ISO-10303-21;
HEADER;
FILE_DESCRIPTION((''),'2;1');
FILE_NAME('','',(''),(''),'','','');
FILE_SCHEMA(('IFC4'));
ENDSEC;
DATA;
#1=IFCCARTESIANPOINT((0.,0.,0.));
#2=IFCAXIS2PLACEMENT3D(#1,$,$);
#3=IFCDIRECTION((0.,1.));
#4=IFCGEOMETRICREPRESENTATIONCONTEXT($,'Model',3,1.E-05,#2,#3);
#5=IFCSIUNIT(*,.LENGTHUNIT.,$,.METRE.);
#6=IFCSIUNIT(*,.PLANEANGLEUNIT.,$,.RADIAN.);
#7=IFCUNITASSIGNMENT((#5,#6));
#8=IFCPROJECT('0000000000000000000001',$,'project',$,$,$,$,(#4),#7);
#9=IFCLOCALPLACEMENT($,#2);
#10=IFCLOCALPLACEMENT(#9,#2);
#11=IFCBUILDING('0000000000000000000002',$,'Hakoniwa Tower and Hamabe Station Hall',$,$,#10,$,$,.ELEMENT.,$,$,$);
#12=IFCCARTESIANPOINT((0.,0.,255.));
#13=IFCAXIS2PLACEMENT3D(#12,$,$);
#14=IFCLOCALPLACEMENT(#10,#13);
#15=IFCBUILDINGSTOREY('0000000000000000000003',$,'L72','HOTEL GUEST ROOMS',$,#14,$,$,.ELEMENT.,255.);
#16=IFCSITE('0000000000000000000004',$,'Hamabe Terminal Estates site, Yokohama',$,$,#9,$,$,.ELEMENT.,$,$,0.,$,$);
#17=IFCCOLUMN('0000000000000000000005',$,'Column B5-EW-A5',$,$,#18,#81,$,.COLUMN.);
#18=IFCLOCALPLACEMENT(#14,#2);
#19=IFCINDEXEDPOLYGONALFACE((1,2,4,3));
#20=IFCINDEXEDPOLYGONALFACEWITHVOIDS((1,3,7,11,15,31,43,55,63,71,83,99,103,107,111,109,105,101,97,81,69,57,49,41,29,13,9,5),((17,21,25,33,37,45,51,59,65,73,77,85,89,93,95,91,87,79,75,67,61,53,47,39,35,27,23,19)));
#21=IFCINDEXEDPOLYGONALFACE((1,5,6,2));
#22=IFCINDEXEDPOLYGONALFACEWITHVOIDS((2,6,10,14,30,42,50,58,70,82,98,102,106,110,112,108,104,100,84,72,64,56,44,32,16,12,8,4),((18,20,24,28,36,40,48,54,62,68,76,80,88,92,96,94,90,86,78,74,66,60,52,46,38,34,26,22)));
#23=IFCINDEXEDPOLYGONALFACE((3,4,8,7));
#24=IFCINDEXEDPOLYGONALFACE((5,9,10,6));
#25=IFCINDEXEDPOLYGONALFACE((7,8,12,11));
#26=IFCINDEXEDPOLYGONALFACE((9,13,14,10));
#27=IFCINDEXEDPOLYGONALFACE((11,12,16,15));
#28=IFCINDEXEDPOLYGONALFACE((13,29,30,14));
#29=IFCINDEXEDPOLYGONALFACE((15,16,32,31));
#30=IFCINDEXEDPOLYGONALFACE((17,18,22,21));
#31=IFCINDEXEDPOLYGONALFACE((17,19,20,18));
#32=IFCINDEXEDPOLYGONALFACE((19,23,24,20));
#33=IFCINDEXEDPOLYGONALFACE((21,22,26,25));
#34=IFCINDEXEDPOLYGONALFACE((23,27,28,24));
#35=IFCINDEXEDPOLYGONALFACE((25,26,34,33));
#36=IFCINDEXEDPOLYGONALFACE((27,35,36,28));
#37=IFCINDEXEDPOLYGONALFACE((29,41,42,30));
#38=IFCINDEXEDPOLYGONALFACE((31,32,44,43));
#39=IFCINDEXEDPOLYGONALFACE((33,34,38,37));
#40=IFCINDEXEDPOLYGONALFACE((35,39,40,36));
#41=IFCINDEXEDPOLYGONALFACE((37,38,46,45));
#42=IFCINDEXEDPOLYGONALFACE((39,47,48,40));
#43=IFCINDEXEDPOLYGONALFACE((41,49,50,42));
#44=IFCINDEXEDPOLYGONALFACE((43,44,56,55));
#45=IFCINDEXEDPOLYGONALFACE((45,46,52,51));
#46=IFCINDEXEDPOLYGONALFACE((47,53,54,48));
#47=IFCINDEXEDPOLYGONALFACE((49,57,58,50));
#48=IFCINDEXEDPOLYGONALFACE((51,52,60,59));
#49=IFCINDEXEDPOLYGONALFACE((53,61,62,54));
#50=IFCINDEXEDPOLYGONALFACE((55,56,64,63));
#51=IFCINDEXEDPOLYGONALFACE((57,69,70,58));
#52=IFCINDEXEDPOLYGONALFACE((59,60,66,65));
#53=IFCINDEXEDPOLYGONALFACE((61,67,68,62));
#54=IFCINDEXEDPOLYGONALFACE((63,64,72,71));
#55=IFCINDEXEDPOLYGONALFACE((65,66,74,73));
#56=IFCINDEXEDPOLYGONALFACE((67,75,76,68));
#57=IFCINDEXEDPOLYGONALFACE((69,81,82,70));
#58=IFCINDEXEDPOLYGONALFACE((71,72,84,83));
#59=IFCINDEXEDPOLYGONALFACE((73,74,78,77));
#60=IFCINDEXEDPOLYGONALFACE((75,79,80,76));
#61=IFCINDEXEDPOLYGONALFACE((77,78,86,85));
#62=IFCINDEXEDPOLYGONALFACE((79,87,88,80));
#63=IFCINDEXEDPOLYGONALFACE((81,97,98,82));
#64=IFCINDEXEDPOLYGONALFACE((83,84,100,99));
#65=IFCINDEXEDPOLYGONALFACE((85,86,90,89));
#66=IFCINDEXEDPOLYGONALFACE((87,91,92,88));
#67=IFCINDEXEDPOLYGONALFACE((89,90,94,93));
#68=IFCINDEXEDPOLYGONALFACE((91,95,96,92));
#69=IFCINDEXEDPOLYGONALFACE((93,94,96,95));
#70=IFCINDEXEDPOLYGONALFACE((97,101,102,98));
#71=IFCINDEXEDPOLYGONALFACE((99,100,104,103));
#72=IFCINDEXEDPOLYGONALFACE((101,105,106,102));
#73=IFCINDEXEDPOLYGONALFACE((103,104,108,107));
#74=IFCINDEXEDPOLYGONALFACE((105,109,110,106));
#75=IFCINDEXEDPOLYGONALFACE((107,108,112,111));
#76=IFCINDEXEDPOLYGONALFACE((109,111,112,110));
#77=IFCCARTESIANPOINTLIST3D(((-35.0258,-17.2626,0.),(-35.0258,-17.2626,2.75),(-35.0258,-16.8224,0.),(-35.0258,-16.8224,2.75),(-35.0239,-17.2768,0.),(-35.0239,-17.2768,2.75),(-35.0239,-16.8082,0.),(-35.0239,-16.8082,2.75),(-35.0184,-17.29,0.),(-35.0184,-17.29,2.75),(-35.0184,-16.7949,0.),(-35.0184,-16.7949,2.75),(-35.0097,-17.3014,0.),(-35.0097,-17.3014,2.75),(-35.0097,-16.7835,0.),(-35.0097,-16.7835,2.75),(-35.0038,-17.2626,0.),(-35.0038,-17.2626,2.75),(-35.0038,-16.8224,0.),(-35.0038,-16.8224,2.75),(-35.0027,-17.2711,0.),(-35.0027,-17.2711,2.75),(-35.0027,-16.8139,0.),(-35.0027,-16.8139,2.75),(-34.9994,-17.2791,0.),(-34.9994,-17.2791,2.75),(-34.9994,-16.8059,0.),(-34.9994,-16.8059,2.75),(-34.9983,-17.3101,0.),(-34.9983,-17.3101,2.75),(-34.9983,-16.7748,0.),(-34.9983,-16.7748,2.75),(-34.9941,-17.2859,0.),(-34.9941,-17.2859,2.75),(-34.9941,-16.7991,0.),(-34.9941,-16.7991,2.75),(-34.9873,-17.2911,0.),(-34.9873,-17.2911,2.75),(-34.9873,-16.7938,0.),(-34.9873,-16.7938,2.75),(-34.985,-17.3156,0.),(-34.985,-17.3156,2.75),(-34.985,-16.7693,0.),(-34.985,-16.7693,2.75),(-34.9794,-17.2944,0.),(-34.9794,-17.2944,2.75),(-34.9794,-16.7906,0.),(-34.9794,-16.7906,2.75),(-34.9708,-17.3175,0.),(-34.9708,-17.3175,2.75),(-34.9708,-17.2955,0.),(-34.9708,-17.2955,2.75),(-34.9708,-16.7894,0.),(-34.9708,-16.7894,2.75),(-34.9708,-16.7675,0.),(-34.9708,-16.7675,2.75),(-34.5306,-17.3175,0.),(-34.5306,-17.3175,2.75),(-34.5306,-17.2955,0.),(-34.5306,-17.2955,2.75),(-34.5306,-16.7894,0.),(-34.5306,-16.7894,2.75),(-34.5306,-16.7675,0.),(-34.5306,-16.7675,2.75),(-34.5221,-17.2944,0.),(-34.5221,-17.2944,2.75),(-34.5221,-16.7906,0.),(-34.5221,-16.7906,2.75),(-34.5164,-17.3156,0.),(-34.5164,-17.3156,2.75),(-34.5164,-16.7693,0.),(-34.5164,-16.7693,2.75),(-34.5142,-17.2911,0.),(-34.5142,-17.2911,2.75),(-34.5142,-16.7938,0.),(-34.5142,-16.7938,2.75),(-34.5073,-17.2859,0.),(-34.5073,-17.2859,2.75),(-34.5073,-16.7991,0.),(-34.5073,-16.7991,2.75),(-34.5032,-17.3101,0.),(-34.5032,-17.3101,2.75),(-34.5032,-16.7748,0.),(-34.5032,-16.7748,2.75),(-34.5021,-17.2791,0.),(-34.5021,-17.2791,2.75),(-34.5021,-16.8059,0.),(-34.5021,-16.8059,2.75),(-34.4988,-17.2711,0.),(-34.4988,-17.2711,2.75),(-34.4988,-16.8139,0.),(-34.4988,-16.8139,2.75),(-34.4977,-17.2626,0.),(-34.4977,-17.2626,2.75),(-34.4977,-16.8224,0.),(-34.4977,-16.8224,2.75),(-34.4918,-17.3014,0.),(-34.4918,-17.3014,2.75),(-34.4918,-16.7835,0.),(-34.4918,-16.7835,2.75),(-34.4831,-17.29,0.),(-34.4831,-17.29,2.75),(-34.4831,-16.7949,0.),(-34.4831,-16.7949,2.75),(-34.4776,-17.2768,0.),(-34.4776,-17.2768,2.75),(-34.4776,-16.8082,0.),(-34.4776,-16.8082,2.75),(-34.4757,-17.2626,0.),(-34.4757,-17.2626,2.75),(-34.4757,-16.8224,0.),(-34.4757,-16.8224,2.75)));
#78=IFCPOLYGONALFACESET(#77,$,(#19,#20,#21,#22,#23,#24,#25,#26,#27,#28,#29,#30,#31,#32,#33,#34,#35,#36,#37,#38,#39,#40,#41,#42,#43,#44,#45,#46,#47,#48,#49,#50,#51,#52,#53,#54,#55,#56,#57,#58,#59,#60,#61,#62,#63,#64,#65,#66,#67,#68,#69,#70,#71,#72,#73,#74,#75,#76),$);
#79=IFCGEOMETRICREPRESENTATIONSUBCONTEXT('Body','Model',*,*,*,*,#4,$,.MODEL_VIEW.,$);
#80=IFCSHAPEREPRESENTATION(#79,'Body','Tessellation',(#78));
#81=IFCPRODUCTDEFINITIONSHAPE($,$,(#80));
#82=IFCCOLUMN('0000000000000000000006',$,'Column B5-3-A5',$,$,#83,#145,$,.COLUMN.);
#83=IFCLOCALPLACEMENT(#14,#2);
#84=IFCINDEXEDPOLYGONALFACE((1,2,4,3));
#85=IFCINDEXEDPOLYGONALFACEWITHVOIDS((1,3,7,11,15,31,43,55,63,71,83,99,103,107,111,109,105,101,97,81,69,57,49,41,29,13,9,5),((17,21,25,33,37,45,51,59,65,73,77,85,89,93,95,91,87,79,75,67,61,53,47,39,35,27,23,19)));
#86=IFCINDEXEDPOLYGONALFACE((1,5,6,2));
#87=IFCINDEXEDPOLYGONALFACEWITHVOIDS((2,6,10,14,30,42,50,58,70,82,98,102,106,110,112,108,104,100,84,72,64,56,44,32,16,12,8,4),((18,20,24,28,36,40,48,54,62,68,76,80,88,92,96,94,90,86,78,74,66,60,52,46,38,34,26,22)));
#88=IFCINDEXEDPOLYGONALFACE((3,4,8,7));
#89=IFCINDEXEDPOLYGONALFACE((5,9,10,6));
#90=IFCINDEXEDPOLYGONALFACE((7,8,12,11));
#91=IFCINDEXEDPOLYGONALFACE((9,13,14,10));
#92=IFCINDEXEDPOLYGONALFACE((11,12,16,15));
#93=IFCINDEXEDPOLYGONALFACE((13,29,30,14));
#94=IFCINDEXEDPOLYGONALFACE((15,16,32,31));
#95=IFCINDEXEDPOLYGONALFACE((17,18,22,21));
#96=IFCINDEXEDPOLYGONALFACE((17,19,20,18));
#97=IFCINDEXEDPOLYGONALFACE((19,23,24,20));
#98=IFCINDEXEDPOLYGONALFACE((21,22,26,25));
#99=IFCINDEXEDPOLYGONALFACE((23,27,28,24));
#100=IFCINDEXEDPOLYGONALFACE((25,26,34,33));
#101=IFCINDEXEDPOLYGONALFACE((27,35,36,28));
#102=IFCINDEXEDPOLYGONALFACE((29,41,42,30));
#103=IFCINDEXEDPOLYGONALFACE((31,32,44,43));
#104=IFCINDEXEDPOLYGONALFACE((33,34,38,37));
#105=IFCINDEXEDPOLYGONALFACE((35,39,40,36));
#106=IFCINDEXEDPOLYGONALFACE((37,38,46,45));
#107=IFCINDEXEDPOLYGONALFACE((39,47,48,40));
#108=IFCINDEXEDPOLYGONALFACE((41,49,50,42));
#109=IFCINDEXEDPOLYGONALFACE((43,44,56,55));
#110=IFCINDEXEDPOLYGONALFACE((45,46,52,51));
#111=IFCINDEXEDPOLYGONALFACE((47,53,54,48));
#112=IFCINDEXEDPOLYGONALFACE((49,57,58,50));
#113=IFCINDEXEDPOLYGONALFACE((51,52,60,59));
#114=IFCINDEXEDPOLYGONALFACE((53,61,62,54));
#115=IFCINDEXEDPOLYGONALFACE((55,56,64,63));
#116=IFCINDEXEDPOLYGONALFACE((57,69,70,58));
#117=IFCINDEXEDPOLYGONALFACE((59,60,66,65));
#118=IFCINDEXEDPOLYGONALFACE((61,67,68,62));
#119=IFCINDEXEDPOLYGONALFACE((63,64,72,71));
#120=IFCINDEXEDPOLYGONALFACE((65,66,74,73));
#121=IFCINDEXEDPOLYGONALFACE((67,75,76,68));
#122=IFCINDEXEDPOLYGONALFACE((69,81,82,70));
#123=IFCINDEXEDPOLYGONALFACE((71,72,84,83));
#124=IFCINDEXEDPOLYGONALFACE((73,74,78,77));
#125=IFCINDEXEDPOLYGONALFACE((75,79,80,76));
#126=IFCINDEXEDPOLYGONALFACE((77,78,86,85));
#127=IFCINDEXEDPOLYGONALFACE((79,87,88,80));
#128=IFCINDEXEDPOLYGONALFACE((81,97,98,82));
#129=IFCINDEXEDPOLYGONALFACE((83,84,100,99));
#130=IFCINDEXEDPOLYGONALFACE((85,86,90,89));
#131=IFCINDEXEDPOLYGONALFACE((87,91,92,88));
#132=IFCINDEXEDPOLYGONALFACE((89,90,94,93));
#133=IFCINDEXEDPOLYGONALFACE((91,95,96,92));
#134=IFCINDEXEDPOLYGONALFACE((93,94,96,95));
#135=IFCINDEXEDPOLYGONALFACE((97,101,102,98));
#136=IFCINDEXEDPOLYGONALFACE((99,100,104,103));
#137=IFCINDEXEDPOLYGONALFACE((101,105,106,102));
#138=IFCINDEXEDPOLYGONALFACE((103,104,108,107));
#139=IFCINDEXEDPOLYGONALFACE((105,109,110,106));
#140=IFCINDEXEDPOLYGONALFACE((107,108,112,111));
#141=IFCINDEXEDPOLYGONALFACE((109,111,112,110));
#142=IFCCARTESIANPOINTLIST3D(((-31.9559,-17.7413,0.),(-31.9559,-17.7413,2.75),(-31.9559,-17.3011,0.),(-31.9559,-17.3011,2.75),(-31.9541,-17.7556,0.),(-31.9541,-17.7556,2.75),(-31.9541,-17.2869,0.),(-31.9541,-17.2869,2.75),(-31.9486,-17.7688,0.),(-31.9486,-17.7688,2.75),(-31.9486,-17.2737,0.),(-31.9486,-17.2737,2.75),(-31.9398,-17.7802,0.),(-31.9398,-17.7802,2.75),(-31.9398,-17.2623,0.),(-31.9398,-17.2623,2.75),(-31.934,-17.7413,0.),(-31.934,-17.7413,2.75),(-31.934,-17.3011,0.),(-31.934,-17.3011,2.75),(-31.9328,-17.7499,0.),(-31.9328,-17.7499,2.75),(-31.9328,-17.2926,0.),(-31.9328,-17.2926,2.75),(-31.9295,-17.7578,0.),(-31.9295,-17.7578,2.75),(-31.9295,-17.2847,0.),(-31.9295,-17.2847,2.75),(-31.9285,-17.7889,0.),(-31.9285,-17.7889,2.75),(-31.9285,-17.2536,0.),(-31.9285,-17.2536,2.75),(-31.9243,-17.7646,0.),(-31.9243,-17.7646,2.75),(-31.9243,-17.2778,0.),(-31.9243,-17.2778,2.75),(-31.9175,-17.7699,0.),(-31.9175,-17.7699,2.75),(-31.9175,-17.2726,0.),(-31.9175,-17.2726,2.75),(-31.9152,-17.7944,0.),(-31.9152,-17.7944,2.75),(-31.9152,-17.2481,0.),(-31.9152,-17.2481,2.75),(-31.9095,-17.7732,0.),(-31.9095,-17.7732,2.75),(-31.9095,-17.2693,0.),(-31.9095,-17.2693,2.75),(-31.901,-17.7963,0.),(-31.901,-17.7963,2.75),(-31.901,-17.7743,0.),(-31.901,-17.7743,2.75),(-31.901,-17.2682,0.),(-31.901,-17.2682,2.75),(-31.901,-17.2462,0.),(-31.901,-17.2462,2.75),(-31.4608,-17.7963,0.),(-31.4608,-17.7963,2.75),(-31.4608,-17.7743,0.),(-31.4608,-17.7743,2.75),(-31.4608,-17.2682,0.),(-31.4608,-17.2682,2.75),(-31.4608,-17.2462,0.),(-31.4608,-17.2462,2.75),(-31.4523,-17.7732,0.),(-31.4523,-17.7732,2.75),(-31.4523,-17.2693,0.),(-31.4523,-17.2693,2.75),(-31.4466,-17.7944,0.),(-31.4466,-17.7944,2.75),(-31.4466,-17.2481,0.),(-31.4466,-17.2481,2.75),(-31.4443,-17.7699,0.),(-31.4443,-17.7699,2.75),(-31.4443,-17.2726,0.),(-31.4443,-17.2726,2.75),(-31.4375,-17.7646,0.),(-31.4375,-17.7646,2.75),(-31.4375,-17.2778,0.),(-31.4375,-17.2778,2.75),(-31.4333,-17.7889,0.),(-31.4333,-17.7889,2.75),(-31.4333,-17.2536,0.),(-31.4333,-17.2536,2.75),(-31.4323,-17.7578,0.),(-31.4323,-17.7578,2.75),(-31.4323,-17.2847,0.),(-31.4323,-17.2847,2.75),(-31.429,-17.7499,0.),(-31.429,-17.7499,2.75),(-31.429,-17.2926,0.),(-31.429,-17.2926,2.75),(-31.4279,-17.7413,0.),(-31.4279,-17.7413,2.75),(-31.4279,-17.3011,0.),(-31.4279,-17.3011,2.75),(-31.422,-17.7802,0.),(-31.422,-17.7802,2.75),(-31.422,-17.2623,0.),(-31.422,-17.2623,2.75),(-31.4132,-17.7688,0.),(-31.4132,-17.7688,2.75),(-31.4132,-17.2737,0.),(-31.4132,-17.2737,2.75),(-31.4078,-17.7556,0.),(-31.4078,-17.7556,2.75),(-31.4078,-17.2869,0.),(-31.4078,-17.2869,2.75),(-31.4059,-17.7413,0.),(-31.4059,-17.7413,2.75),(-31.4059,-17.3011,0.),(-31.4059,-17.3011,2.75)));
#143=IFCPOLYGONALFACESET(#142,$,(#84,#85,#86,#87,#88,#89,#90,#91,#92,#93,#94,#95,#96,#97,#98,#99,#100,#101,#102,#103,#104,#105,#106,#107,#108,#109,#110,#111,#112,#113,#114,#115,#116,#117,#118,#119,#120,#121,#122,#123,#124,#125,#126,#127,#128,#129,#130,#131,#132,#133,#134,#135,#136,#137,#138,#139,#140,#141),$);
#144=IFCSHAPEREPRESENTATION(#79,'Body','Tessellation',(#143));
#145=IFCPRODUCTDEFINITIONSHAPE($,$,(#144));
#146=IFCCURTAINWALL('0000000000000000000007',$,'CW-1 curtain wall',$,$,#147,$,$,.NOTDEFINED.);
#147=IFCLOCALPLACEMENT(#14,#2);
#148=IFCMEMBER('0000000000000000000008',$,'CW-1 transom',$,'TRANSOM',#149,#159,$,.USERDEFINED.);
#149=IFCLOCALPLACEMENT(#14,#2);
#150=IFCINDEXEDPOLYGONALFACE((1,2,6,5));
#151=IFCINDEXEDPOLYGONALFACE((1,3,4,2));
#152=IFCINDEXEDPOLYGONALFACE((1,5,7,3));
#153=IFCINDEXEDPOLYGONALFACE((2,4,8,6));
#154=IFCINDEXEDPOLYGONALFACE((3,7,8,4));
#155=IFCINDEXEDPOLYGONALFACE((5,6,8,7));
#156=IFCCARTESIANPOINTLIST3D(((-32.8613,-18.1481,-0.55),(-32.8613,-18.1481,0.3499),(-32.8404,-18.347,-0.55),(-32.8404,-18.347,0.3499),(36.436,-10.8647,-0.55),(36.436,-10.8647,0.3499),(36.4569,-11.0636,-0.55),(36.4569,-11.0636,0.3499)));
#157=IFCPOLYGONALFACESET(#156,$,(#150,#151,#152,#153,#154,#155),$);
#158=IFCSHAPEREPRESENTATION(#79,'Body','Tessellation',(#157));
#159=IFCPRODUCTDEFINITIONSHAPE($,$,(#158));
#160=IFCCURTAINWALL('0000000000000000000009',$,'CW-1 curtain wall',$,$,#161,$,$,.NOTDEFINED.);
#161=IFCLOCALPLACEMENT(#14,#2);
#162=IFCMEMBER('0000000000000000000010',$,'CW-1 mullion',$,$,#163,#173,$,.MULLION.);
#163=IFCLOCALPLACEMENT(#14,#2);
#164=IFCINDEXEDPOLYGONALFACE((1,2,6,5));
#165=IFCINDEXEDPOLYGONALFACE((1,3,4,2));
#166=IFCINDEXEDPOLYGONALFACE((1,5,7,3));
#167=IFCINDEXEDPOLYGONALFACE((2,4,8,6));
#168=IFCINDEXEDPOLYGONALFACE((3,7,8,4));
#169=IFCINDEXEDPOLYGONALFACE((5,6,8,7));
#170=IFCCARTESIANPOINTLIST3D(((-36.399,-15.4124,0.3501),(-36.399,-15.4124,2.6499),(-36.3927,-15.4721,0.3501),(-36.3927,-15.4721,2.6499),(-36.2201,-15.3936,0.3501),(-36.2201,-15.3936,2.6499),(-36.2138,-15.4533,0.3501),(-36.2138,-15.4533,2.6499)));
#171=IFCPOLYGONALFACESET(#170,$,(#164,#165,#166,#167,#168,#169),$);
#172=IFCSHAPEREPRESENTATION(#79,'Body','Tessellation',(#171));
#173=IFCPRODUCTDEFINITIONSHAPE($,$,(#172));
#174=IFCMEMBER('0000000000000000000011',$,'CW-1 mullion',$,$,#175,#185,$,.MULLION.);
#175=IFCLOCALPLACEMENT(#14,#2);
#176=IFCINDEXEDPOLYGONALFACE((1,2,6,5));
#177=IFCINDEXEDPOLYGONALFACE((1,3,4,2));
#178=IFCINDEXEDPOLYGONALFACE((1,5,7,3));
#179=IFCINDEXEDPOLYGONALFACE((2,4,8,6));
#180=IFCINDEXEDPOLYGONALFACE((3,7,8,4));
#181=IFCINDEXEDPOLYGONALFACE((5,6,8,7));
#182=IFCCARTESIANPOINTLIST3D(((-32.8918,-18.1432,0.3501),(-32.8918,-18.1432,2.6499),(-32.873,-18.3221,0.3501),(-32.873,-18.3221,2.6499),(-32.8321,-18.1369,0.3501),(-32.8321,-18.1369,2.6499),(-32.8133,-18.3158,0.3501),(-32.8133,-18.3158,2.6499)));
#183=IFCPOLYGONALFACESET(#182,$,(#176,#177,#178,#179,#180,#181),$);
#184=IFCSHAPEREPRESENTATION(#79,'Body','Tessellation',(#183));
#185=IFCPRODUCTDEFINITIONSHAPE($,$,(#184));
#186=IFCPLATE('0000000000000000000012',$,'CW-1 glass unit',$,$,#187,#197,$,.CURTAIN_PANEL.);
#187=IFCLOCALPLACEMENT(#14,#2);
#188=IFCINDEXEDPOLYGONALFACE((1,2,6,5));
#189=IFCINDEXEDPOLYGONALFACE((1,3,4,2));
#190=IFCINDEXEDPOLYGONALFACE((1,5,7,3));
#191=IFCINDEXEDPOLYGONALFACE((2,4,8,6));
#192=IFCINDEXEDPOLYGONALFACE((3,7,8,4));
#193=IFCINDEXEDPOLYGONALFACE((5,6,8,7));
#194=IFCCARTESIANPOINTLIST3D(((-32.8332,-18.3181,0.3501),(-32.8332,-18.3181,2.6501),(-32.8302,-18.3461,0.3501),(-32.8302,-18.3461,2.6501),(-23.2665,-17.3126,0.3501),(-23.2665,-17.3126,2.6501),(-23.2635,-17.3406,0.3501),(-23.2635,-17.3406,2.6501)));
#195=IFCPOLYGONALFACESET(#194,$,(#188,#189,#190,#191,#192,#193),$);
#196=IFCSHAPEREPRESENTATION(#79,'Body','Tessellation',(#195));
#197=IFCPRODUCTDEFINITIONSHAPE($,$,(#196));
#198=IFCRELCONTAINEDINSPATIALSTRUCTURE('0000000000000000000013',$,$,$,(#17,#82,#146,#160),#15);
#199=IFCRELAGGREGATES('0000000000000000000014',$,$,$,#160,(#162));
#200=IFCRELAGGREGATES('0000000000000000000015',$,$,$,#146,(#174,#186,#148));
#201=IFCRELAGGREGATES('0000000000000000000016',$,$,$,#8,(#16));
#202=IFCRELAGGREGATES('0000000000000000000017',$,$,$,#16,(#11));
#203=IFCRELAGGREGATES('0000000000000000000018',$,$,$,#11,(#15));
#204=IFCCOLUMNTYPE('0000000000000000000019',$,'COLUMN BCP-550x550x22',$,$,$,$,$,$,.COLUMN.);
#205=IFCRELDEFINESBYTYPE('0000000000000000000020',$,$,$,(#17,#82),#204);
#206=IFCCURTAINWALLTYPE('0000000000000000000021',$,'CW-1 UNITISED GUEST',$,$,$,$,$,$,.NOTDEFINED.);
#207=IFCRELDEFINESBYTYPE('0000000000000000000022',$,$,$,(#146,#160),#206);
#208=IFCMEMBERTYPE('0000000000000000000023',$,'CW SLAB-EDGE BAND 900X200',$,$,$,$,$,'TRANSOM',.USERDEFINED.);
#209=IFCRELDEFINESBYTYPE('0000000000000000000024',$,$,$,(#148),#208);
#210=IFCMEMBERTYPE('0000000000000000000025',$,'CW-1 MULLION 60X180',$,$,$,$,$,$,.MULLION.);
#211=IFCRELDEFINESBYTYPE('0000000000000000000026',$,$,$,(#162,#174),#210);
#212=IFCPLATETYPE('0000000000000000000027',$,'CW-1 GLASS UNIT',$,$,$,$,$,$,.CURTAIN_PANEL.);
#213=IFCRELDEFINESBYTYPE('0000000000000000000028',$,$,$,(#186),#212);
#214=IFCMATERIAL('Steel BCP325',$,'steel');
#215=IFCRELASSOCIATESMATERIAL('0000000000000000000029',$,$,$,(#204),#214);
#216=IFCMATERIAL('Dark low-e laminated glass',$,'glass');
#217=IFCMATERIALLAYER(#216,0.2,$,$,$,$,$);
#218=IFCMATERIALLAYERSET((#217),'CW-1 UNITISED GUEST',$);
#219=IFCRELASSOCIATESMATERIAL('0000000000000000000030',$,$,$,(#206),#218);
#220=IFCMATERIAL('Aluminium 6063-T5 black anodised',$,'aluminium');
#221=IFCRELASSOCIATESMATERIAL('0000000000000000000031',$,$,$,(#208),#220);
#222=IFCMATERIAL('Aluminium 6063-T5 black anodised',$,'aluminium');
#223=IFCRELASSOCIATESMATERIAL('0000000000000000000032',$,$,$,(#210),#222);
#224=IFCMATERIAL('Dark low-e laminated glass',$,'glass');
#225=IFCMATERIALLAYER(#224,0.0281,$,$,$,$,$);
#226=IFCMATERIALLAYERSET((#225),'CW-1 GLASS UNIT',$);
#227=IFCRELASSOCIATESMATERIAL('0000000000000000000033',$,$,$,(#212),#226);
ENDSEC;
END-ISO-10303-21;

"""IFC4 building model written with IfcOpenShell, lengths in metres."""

from ifc_helpers import new_model, si_unit, direction, frame, origin, origin_2d, place, context, subcontext, project, spatial, rectangle, hollow_rectangle, extrude, material, layer, layer_set, material_profile, profile_set, type_object, element, aggregate, save


model = new_model("IFC4")

# Units and contexts
model_context = context("Model", 3, precision=1e-05, world=origin(), true_north=direction((0.0, 1.0)))
body_context = subcontext(model_context, "Body", "Model", "MODEL_VIEW")
ifc_project = project(units=[si_unit("LENGTHUNIT", "METRE"), si_unit("PLANEANGLEUNIT", "RADIAN")], contexts=[model_context])

# Site, building, storey
site_placement = place(None, origin())
site = spatial("IfcSite", under=ifc_project, at=site_placement, Name="Hamabe Terminal Estates site, Yokohama", CompositionType="ELEMENT", RefElevation=0.0)
building_placement = place(site_placement, origin())
building = spatial("IfcBuilding", under=site, at=building_placement, Name="Hakoniwa Tower and Hamabe Station Hall", CompositionType="ELEMENT")
storey_placement = place(building_placement, frame((0.0, 0.0, 255.0)))
storey = spatial("IfcBuildingStorey", under=building, at=storey_placement, Name="L72", Description="HOTEL GUEST ROOMS", CompositionType="ELEMENT", Elevation=255.0)

# Columns
ifc_material_1 = material(Name="Steel BCP325", Category="steel")
ifc_material_profile_1 = material_profile(ifc_material_1, hollow_rectangle(XDim=0.55, YDim=0.55, WallThickness=0.022, InnerFilletRadius=0.033, OuterFilletRadius=0.0549, at=origin_2d()), Name="BCP-550x550x22")
ifc_profile_set_1 = profile_set([ifc_material_profile_1], Name="Steel BCP325")
column_type = type_object("IfcColumnType", Name="COLUMN BCP-550x550x22", PredefinedType="COLUMN", material=ifc_profile_set_1)
for number, where, z_axis, x_axis, name in (
    (1, (-34.7507, -17.0425, 0.0), (0.0, 0.0, 1.0), (1.0, 0.0, 0.0), "Column B5-EW-A5"),
    (2, (-31.6809, -17.5212, 0.0), (0.0, 0.0, 1.0), (1.0, 0.0, 0.0), "Column B5-3-A5"),
):
    element("IfcColumn", number, at=place(storey_placement, frame(where, z_axis=z_axis, x_axis=x_axis)), inside=storey, type_object=column_type, Name=name, PredefinedType="COLUMN", context=body_context, shape_type="SweptSolid", body=[
        extrude(hollow_rectangle(XDim=0.55, YDim=0.55, WallThickness=0.022, InnerFilletRadius=0.033, OuterFilletRadius=0.0549, at=origin_2d()), origin(), (0.0, 0.0, 1.0), 2.75),
    ])

# Curtain walls, members
ifc_material_2 = material(Name="Dark low-e laminated glass", Category="glass")
ifc_layer_1 = layer(ifc_material_2, 0.2)
ifc_layer_set_1 = layer_set([ifc_layer_1], Name="CW-1 UNITISED GUEST")
curtain_wall_type = type_object("IfcCurtainWallType", Name="CW-1 UNITISED GUEST", PredefinedType="NOTDEFINED", material=ifc_layer_set_1)
curtain_wall_1_placement = place(storey_placement, origin())
curtain_wall_1 = element("IfcCurtainWall", 3, at=curtain_wall_1_placement, inside=storey, type_object=curtain_wall_type, Name="CW-1 curtain wall", PredefinedType="NOTDEFINED")
ifc_material_3 = material(Name="Aluminium 6063-T5 black anodised", Category="aluminium")
ifc_material_profile_2 = material_profile(ifc_material_3, rectangle(XDim=0.2, YDim=0.8999, at=origin_2d()), Name="CW SLAB-EDGE BAND 900X200")
ifc_profile_set_2 = profile_set([ifc_material_profile_2], Name="Aluminium 6063-T5 black anodised")
member_type_1 = type_object("IfcMemberType", Name="CW SLAB-EDGE BAND 900X200", ElementType="TRANSOM", PredefinedType="USERDEFINED", material=ifc_profile_set_2)
member_1_placement = place(storey_placement, frame((-32.8508, -18.2476, -0.1001), z_axis=(0.994522, 0.104528, 0.0), x_axis=(-0.104528, 0.994522, 0.0)))
member_1 = element("IfcMember", 4, at=member_1_placement, type_object=member_type_1, Name="CW-1 transom", ObjectType="TRANSOM", PredefinedType="USERDEFINED", context=body_context, shape_type="SweptSolid", body=[
    extrude(rectangle(XDim=0.2, YDim=0.8999, at=origin_2d()), origin(), (0.0, 0.0, 1.0), 69.679),
])
curtain_wall_2_placement = place(storey_placement, origin())
curtain_wall_2 = element("IfcCurtainWall", 5, at=curtain_wall_2_placement, inside=storey, type_object=curtain_wall_type, Name="CW-1 curtain wall", PredefinedType="NOTDEFINED")
ifc_material_4 = material(Name="Aluminium 6063-T5 black anodised", Category="aluminium")
ifc_material_profile_3 = material_profile(ifc_material_4, rectangle(XDim=0.0601, YDim=0.1799, at=origin_2d()), Name="CW-1 MULLION 60X180")
ifc_profile_set_3 = profile_set([ifc_material_profile_3], Name="Aluminium 6063-T5 black anodised")
member_type_2 = type_object("IfcMemberType", Name="CW-1 MULLION 60X180", PredefinedType="MULLION", material=ifc_profile_set_3)
member_2_placement = place(storey_placement, frame((-36.3064, -15.4329, 0.3501), z_axis=(0.0, 0.0, 1.0), x_axis=(0.104528, -0.994522, 0.0)))
member_2 = element("IfcMember", 6, at=member_2_placement, type_object=member_type_2, Name="CW-1 mullion", PredefinedType="MULLION", context=body_context, shape_type="SweptSolid", body=[
    extrude(rectangle(XDim=0.0601, YDim=0.1799, at=origin_2d()), origin(), (0.0, 0.0, 1.0), 2.2998),
])
aggregate(curtain_wall_2, [member_2])

# Member
member_3_placement = place(storey_placement, frame((-32.8525, -18.2295, 0.3501), z_axis=(0.0, 0.0, 1.0), x_axis=(0.994522, 0.104528, 0.0)))
member_3 = element("IfcMember", 7, at=member_3_placement, type_object=member_type_2, Name="CW-1 mullion", PredefinedType="MULLION", context=body_context, shape_type="SweptSolid", body=[
    extrude(rectangle(XDim=0.0601, YDim=0.1799, at=origin_2d()), origin(), (0.0, 0.0, 1.0), 2.2998),
])

# Plate
ifc_material_5 = material(Name="Dark low-e laminated glass", Category="glass")
ifc_layer_2 = layer(ifc_material_5, 0.0281)
ifc_layer_set_2 = layer_set([ifc_layer_2], Name="CW-1 GLASS UNIT")
plate_type = type_object("IfcPlateType", Name="CW-1 GLASS UNIT", PredefinedType="CURTAIN_PANEL", material=ifc_layer_set_2)
plate_placement = place(storey_placement, frame((-28.0483, -17.8293, 0.3501), z_axis=(0.0, 0.0, 1.0), x_axis=(0.994522, 0.104528, 0.0)))
plate = element("IfcPlate", 8, at=plate_placement, type_object=plate_type, Name="CW-1 glass unit", PredefinedType="CURTAIN_PANEL", context=body_context, shape_type="SweptSolid", body=[
    extrude(rectangle(XDim=9.6194, YDim=0.0281, at=origin_2d()), origin(), (0.0, 0.0, 1.0), 2.3),
])
aggregate(curtain_wall_1, [member_3, plate, member_1])

save(model, "model.ifc")
